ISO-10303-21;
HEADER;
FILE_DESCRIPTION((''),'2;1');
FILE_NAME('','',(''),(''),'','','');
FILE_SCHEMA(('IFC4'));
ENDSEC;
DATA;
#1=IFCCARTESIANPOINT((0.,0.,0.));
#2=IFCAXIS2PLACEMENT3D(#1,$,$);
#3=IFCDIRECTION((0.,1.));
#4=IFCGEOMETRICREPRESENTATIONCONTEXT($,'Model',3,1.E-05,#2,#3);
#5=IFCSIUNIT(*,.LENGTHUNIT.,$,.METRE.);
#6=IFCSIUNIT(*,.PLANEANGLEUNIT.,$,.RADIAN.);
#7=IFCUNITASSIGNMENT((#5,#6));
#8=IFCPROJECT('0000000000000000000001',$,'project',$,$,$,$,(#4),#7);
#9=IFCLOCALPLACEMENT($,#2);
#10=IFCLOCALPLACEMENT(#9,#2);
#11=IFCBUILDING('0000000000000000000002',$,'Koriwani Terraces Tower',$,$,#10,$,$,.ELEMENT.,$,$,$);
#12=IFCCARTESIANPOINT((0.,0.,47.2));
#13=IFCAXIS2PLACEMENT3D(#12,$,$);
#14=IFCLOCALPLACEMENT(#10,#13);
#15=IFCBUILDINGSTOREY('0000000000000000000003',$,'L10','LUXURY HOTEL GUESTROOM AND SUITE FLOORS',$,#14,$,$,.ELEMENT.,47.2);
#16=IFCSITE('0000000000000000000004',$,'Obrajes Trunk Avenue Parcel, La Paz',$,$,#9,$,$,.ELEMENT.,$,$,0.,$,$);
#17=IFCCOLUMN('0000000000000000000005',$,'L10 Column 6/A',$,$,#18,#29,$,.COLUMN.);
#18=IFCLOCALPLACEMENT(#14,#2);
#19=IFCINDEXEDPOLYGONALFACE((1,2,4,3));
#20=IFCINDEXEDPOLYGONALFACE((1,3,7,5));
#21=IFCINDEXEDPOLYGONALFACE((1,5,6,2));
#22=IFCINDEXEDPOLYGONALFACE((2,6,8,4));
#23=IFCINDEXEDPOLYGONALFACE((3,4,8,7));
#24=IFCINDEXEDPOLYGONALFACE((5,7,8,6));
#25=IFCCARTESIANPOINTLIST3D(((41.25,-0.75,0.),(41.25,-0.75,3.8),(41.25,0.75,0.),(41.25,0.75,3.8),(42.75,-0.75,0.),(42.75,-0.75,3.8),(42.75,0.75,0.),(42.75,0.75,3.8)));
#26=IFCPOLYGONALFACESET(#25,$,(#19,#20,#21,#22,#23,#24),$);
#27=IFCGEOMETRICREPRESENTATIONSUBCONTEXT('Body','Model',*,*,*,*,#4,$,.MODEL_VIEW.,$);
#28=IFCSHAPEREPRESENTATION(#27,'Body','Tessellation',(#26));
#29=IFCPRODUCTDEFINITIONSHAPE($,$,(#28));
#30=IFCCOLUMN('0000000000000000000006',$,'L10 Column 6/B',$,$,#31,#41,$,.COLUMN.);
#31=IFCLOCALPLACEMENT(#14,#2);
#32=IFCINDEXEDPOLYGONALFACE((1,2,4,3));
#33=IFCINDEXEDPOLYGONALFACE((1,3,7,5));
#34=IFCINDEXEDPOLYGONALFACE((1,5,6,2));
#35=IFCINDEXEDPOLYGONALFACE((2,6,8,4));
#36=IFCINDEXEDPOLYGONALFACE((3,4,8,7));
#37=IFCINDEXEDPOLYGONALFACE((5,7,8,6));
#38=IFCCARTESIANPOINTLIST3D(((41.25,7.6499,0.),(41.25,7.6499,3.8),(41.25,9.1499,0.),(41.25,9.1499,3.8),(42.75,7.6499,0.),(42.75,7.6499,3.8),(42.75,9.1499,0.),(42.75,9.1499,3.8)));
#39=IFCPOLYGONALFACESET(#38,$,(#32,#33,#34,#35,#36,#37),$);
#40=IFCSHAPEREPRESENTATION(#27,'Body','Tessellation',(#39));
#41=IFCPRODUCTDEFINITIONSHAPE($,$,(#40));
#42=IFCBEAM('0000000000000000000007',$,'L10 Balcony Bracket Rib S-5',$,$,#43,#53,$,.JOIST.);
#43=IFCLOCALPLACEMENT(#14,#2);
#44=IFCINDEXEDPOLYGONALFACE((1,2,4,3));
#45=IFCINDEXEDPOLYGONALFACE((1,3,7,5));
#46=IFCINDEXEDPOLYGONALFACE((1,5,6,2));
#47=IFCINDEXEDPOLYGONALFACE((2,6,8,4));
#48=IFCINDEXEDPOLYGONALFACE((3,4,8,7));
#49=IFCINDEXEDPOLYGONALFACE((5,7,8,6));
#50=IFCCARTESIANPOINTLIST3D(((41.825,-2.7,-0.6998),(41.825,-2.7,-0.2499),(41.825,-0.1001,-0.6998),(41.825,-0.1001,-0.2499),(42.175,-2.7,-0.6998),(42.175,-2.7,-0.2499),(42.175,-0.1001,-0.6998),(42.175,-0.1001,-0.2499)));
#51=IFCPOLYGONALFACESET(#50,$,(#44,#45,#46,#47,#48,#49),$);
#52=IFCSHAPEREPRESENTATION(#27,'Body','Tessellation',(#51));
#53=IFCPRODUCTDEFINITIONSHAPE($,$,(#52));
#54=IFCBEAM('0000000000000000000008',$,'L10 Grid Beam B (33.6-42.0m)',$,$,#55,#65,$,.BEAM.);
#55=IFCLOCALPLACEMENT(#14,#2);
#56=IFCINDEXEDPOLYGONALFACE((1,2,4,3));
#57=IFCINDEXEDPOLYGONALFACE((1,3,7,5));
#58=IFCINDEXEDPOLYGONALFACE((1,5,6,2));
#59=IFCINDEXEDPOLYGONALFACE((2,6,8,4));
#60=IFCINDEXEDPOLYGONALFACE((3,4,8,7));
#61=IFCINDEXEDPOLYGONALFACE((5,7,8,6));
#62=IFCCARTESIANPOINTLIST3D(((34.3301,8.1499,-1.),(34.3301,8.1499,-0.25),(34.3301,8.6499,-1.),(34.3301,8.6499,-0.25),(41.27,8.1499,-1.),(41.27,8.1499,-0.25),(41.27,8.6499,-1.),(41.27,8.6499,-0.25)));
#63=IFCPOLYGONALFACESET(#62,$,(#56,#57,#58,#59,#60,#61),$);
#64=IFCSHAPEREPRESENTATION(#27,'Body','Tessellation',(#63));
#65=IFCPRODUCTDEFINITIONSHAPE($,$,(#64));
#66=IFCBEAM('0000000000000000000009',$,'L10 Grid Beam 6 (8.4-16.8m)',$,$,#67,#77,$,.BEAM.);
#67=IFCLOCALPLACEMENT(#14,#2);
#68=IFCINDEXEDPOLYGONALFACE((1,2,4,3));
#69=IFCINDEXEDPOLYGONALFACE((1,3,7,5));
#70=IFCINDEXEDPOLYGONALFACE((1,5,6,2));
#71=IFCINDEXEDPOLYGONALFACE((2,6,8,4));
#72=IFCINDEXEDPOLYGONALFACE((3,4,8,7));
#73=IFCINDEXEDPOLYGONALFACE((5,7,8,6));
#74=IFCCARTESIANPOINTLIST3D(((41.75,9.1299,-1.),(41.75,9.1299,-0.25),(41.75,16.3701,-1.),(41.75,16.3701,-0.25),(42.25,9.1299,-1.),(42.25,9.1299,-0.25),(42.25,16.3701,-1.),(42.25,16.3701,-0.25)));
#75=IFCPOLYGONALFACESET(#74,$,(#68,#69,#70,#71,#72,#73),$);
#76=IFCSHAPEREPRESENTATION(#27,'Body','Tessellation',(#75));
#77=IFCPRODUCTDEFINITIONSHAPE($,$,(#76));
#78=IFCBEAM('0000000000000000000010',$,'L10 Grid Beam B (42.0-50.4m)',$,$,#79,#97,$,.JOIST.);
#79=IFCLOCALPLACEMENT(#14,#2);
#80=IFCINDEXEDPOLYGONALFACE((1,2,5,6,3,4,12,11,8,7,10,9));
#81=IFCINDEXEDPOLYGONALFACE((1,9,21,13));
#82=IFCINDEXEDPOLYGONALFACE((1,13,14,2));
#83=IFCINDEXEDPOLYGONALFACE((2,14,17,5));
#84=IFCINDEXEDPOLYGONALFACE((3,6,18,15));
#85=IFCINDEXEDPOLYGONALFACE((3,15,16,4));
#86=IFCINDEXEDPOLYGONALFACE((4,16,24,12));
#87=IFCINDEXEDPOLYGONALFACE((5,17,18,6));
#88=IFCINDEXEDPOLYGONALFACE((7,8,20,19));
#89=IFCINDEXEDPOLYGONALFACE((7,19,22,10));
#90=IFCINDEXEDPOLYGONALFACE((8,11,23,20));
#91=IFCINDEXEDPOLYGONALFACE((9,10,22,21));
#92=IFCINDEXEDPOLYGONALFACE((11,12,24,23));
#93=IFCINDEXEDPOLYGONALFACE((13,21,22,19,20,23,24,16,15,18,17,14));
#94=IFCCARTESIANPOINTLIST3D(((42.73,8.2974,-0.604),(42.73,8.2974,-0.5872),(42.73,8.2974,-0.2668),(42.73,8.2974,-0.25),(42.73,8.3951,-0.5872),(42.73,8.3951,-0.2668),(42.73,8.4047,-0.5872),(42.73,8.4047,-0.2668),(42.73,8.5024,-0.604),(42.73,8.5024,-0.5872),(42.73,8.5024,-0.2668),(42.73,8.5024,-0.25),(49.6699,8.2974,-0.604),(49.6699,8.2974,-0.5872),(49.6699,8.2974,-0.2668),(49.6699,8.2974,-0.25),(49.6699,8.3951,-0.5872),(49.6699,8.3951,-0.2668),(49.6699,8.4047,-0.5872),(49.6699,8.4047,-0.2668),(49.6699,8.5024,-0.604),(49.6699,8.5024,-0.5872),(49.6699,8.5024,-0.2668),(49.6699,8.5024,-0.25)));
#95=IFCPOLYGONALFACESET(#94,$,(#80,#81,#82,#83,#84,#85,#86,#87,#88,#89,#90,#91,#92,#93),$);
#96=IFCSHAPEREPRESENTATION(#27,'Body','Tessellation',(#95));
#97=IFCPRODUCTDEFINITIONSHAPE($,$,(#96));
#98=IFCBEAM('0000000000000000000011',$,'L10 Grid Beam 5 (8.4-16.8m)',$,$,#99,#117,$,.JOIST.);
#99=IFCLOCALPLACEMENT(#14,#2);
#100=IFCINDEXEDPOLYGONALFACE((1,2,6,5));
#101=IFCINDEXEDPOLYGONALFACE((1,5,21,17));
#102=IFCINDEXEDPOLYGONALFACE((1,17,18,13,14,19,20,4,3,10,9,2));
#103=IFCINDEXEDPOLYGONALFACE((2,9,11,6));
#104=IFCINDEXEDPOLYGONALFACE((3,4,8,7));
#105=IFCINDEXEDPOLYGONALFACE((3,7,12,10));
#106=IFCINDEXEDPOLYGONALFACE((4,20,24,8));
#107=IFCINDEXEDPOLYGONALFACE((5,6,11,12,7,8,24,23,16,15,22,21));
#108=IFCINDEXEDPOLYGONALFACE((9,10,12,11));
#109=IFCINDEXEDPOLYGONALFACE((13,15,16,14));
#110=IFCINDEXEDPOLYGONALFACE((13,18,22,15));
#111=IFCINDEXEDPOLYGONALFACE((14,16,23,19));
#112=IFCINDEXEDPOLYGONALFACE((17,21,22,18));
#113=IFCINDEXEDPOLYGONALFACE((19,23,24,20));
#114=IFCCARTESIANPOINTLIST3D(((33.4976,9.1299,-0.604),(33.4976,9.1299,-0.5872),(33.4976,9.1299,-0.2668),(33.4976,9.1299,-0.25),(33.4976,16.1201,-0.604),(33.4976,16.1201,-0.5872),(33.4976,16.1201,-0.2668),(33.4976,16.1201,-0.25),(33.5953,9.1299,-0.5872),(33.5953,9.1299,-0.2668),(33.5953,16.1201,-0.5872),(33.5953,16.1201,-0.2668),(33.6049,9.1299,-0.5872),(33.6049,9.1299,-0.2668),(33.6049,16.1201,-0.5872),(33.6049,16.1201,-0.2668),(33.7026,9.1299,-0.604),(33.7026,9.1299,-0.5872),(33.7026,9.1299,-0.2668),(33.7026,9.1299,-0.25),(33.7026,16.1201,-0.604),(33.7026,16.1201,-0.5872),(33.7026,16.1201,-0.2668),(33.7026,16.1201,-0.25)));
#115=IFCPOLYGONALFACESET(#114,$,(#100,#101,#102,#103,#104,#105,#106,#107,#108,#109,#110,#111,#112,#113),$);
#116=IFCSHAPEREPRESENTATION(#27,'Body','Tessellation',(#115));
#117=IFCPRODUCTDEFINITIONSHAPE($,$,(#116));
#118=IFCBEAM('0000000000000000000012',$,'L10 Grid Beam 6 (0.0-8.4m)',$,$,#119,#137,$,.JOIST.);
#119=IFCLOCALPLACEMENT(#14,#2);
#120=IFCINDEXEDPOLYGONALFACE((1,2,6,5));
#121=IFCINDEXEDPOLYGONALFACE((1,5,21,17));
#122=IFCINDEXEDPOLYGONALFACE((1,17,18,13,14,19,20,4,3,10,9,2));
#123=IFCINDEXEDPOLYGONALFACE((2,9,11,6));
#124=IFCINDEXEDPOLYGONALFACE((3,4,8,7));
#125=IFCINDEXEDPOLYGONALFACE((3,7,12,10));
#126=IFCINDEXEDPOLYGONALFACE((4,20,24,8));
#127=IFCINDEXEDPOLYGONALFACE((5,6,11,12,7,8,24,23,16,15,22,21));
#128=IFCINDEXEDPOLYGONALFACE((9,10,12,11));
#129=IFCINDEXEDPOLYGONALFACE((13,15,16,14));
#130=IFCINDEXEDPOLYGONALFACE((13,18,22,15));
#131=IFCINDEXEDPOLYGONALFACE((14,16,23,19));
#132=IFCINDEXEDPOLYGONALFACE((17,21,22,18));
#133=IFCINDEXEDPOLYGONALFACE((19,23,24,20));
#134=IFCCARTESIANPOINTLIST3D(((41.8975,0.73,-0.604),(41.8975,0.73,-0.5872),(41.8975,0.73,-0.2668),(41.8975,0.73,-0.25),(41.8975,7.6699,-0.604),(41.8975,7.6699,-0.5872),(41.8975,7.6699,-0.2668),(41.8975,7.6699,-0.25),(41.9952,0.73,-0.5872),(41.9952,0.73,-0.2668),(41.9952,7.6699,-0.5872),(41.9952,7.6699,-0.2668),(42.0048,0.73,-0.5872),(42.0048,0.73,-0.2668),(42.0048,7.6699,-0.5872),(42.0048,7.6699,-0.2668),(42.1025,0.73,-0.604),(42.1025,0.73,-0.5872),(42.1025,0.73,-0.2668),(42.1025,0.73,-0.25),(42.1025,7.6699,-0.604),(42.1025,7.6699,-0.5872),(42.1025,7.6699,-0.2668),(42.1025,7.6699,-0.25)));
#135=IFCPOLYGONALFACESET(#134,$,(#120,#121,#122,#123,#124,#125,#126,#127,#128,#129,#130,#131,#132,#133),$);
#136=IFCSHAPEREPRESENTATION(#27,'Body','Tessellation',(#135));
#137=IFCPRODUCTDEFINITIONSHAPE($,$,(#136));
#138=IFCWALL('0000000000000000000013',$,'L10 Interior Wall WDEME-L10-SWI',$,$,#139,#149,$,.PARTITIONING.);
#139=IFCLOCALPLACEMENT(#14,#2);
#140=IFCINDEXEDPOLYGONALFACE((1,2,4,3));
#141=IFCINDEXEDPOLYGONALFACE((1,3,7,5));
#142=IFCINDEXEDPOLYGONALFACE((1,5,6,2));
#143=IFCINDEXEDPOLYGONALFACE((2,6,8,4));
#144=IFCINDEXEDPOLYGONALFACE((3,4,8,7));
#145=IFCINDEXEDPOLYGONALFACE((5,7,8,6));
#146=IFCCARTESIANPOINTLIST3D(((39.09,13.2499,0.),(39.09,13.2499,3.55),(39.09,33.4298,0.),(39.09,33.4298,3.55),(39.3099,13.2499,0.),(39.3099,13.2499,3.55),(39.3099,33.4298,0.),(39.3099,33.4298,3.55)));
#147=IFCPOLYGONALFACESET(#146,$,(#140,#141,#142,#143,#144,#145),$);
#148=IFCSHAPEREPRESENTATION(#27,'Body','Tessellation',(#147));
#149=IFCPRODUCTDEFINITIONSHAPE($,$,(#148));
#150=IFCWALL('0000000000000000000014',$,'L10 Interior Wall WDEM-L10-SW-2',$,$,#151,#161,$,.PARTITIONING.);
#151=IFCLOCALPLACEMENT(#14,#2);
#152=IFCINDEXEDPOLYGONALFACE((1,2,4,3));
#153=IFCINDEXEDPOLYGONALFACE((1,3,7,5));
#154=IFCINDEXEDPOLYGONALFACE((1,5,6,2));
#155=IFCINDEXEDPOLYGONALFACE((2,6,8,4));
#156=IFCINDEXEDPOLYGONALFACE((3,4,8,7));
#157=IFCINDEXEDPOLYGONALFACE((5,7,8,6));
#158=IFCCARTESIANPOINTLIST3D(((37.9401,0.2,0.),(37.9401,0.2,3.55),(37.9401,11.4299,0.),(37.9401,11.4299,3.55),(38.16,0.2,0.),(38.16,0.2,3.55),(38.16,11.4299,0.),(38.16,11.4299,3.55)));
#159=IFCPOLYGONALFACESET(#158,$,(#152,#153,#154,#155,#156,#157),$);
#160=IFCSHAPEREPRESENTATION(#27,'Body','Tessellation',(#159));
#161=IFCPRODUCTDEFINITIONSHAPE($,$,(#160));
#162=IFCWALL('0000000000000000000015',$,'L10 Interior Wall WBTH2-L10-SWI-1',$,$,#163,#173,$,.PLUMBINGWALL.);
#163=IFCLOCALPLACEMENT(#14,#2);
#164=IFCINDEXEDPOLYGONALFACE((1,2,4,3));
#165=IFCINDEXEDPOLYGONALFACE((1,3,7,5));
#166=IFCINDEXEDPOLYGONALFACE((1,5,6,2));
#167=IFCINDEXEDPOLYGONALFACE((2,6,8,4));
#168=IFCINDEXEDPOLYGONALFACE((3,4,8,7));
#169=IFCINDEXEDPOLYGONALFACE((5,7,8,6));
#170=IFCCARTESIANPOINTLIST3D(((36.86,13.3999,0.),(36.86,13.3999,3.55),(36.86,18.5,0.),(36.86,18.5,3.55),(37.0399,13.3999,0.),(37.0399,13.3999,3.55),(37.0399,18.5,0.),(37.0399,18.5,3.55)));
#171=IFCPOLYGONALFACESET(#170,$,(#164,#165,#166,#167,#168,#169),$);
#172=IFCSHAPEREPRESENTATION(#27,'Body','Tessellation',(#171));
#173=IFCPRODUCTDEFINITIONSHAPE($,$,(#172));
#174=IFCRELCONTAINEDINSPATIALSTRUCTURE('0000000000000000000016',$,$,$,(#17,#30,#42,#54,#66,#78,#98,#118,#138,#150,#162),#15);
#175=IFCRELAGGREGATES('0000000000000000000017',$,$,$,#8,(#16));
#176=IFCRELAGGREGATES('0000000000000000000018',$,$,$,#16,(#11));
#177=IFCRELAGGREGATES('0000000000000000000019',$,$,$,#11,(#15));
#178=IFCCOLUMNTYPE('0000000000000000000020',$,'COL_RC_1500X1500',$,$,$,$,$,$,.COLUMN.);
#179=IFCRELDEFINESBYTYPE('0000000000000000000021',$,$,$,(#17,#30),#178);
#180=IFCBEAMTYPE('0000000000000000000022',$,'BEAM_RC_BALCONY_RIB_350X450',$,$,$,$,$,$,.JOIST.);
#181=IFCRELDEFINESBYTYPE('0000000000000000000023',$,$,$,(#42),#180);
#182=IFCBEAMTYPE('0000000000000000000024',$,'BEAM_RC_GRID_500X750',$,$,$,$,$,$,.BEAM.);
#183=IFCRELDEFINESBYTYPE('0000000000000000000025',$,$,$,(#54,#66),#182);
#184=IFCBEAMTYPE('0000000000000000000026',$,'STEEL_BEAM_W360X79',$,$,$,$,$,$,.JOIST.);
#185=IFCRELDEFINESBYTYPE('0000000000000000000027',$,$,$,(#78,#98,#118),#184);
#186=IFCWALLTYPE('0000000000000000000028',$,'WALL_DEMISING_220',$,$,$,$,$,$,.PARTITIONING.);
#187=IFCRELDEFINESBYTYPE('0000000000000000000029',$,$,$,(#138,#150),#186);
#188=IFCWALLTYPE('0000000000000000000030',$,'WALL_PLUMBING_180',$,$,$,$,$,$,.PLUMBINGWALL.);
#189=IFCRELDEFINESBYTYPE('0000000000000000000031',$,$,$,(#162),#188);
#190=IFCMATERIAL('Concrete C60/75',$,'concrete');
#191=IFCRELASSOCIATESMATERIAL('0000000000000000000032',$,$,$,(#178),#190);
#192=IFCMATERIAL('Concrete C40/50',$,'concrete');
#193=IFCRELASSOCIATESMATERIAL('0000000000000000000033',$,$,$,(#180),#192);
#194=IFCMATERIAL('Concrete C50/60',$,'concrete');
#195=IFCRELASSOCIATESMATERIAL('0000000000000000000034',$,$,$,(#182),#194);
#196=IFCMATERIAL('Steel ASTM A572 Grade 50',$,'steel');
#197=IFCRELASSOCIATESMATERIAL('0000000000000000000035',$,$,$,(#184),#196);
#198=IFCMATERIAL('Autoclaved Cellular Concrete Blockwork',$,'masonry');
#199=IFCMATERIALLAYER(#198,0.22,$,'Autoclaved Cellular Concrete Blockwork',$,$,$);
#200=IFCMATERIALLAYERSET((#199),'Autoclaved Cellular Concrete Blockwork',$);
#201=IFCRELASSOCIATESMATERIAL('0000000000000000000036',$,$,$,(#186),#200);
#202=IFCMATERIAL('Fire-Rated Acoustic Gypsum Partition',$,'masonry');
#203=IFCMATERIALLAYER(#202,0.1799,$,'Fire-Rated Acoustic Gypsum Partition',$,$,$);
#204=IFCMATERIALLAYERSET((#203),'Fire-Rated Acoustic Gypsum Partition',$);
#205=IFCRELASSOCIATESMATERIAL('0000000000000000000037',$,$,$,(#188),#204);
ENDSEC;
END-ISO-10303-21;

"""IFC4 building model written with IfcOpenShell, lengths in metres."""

from ifc_helpers import new_model, si_unit, direction, frame, frame_2d, origin, origin_2d, place, context, subcontext, project, spatial, rectangle, i_section, extrude, material, layer, layer_set, material_profile, profile_set, type_object, element, save


model = new_model("IFC4")

# Units and contexts
model_context = context("Model", 3, precision=1e-05, world=origin(), true_north=direction((0.0, 1.0)))
body_context = subcontext(model_context, "Body", "Model", "MODEL_VIEW")
ifc_project = project(units=[si_unit("LENGTHUNIT", "METRE"), si_unit("PLANEANGLEUNIT", "RADIAN")], contexts=[model_context])

# Site, building, storey
site_placement = place(None, origin())
site = spatial("IfcSite", under=ifc_project, at=site_placement, Name="Obrajes Trunk Avenue Parcel, La Paz", CompositionType="ELEMENT", RefElevation=0.0)
building_placement = place(site_placement, origin())
building = spatial("IfcBuilding", under=site, at=building_placement, Name="Koriwani Terraces Tower", CompositionType="ELEMENT")
storey_placement = place(building_placement, frame((0.0, 0.0, 47.2)))
storey = spatial("IfcBuildingStorey", under=building, at=storey_placement, Name="L10", Description="LUXURY HOTEL GUESTROOM AND SUITE FLOORS", CompositionType="ELEMENT", Elevation=47.2)

# Columns
ifc_material_1 = material(Name="Concrete C60/75", Category="concrete")
ifc_material_profile_1 = material_profile(ifc_material_1, rectangle(XDim=1.5, YDim=1.5, at=origin_2d()), Name="Concrete C60/75", Category="LoadBearing")
ifc_profile_set_1 = profile_set([ifc_material_profile_1], Name="Concrete C60/75")
column_type = type_object("IfcColumnType", Name="COL_RC_1500X1500", PredefinedType="COLUMN", material=ifc_profile_set_1)
for number, where, z_axis, x_axis, name in (
    (1, (42.0, 0.0, 0.0), (0.0, 0.0, 1.0), (1.0, 0.0, 0.0), "L10 Column 6/A"),
    (2, (42.0, 8.3999, 0.0), (0.0, 0.0, 1.0), (1.0, 0.0, 0.0), "L10 Column 6/B"),
):
    element("IfcColumn", number, at=place(storey_placement, frame(where, z_axis=z_axis, x_axis=x_axis)), inside=storey, type_object=column_type, Name=name, PredefinedType="COLUMN", context=body_context, shape_type="SweptSolid", body=[
        extrude(rectangle(XDim=1.5, YDim=1.5, at=origin_2d()), origin(), (0.0, 0.0, 1.0), 3.8),
    ])

# Beams
ifc_material_2 = material(Name="Concrete C40/50", Category="concrete")
ifc_material_profile_2 = material_profile(ifc_material_2, rectangle(XDim=0.3501, YDim=0.45, at=origin_2d()), Name="Concrete C40/50", Category="LoadBearing")
ifc_profile_set_2 = profile_set([ifc_material_profile_2], Name="Concrete C40/50")
beam_type_1 = type_object("IfcBeamType", Name="BEAM_RC_BALCONY_RIB_350X450", PredefinedType="JOIST", material=ifc_profile_set_2)
beam_1_placement = place(storey_placement, frame((42.0, -2.7, -0.4749), z_axis=(0.0, 1.0, 0.0), x_axis=(-1.0, 0.0, 0.0)))
element("IfcBeam", 3, at=beam_1_placement, inside=storey, type_object=beam_type_1, Name="L10 Balcony Bracket Rib S-5", PredefinedType="JOIST", context=body_context, shape_type="SweptSolid", body=[
    extrude(rectangle(XDim=0.3501, YDim=0.45, at=origin_2d()), origin(), (0.0, 0.0, 1.0), 2.5999),
])
ifc_material_3 = material(Name="Concrete C50/60", Category="concrete")
ifc_material_profile_3 = material_profile(ifc_material_3, rectangle(XDim=0.5, YDim=0.75, at=origin_2d()), Name="Concrete C50/60", Category="LoadBearing")
ifc_profile_set_3 = profile_set([ifc_material_profile_3], Name="Concrete C50/60")
beam_type_2 = type_object("IfcBeamType", Name="BEAM_RC_GRID_500X750", PredefinedType="BEAM", material=ifc_profile_set_3)
beam_2_placement = place(storey_placement, frame((34.3301, 8.3999, -0.625), z_axis=(1.0, 0.0, 0.0), x_axis=(0.0, 1.0, 0.0)))
element("IfcBeam", 4, at=beam_2_placement, inside=storey, type_object=beam_type_2, Name="L10 Grid Beam B (33.6-42.0m)", PredefinedType="BEAM", context=body_context, shape_type="SweptSolid", body=[
    extrude(rectangle(XDim=0.5, YDim=0.75, at=origin_2d()), origin(), (0.0, 0.0, 1.0), 6.9399),
])
beam_3_placement = place(storey_placement, frame((42.0, 9.1299, -0.625), z_axis=(0.0, 1.0, 0.0), x_axis=(-1.0, 0.0, 0.0)))
element("IfcBeam", 5, at=beam_3_placement, inside=storey, type_object=beam_type_2, Name="L10 Grid Beam 6 (8.4-16.8m)", PredefinedType="BEAM", context=body_context, shape_type="SweptSolid", body=[
    extrude(rectangle(XDim=0.5, YDim=0.75, at=origin_2d()), origin(), (0.0, 0.0, 1.0), 7.2402),
])
ifc_material_4 = material(Name="Steel ASTM A572 Grade 50", Category="steel")
ifc_material_profile_4 = material_profile(ifc_material_4, i_section(OverallWidth=0.2051, OverallDepth=0.354, WebThickness=0.0095, FlangeThickness=0.0168, at=origin_2d()), Name="Steel ASTM A572 Grade 50", Category="LoadBearing")
ifc_profile_set_4 = profile_set([ifc_material_profile_4], Name="Steel ASTM A572 Grade 50")
beam_type_3 = type_object("IfcBeamType", Name="STEEL_BEAM_W360X79", PredefinedType="JOIST", material=ifc_profile_set_4)
beam_4_placement = place(storey_placement, frame((42.73, 8.3999, -0.427), z_axis=(1.0, 0.0, 0.0), x_axis=(0.0, 1.0, 0.0)))
element("IfcBeam", 6, at=beam_4_placement, inside=storey, type_object=beam_type_3, Name="L10 Grid Beam B (42.0-50.4m)", PredefinedType="JOIST", context=body_context, shape_type="SweptSolid", body=[
    extrude(i_section(OverallWidth=0.2051, OverallDepth=0.354, WebThickness=0.0095, FlangeThickness=0.0168, at=origin_2d()), origin(), (0.0, 0.0, 1.0), 6.9399),
])
beam_5_placement = place(storey_placement, frame((33.6001, 9.1299, -0.427), z_axis=(0.0, 1.0, 0.0), x_axis=(-1.0, 0.0, 0.0)))
element("IfcBeam", 7, at=beam_5_placement, inside=storey, type_object=beam_type_3, Name="L10 Grid Beam 5 (8.4-16.8m)", PredefinedType="JOIST", context=body_context, shape_type="SweptSolid", body=[
    extrude(i_section(OverallWidth=0.2051, OverallDepth=0.354, WebThickness=0.0095, FlangeThickness=0.0168, at=origin_2d()), origin(), (0.0, 0.0, 1.0), 6.9902),
])
beam_6_placement = place(storey_placement, frame((42.0, 0.73, -0.427), z_axis=(0.0, 1.0, 0.0), x_axis=(-1.0, 0.0, 0.0)))
element("IfcBeam", 8, at=beam_6_placement, inside=storey, type_object=beam_type_3, Name="L10 Grid Beam 6 (0.0-8.4m)", PredefinedType="JOIST", context=body_context, shape_type="SweptSolid", body=[
    extrude(i_section(OverallWidth=0.2051, OverallDepth=0.354, WebThickness=0.0095, FlangeThickness=0.0168, at=origin_2d()), origin(), (0.0, 0.0, 1.0), 6.9399),
])

# Walls
ifc_material_5 = material(Name="Autoclaved Cellular Concrete Blockwork", Category="masonry")
ifc_layer_1 = layer(ifc_material_5, 0.22, Name="Autoclaved Cellular Concrete Blockwork")
ifc_layer_set_1 = layer_set([ifc_layer_1], Name="Autoclaved Cellular Concrete Blockwork")
wall_type_1 = type_object("IfcWallType", Name="WALL_DEMISING_220", PredefinedType="PARTITIONING", material=ifc_layer_set_1)
wall_1_placement = place(storey_placement, frame((39.2, 13.25, 0.0), z_axis=(0.0, 0.0, 1.0), x_axis=(0.0, 1.0, 0.0)))
element("IfcWall", 9, at=wall_1_placement, inside=storey, type_object=wall_type_1, Name="L10 Interior Wall WDEME-L10-SWI", PredefinedType="PARTITIONING", context=body_context, shape_type="SweptSolid", body=[
    extrude(rectangle(XDim=20.1799, YDim=0.22, at=frame_2d((10.0898, 0.0))), origin(), (0.0, 0.0, 1.0), 3.55),
])
wall_2_placement = place(storey_placement, frame((38.05, 0.2, 0.0), z_axis=(0.0, 0.0, 1.0), x_axis=(0.0, 1.0, 0.0)))
element("IfcWall", 10, at=wall_2_placement, inside=storey, type_object=wall_type_1, Name="L10 Interior Wall WDEM-L10-SW-2", PredefinedType="PARTITIONING", context=body_context, shape_type="SweptSolid", body=[
    extrude(rectangle(XDim=11.23, YDim=0.22, at=frame_2d((5.615, 0.0))), origin(), (0.0, 0.0, 1.0), 3.55),
])
ifc_material_6 = material(Name="Fire-Rated Acoustic Gypsum Partition", Category="masonry")
ifc_layer_2 = layer(ifc_material_6, 0.1799, Name="Fire-Rated Acoustic Gypsum Partition")
ifc_layer_set_2 = layer_set([ifc_layer_2], Name="Fire-Rated Acoustic Gypsum Partition")
wall_type_2 = type_object("IfcWallType", Name="WALL_PLUMBING_180", PredefinedType="PLUMBINGWALL", material=ifc_layer_set_2)
wall_3_placement = place(storey_placement, frame((36.95, 13.3999, 0.0), z_axis=(0.0, 0.0, 1.0), x_axis=(0.0, 1.0, 0.0)))
element("IfcWall", 11, at=wall_3_placement, inside=storey, type_object=wall_type_2, Name="L10 Interior Wall WBTH2-L10-SWI-1", PredefinedType="PLUMBINGWALL", context=body_context, shape_type="SweptSolid", body=[
    extrude(rectangle(XDim=5.1001, YDim=0.1799, at=frame_2d((2.55, 0.0))), origin(), (0.0, 0.0, 1.0), 3.55),
])

save(model, "model.ifc")
